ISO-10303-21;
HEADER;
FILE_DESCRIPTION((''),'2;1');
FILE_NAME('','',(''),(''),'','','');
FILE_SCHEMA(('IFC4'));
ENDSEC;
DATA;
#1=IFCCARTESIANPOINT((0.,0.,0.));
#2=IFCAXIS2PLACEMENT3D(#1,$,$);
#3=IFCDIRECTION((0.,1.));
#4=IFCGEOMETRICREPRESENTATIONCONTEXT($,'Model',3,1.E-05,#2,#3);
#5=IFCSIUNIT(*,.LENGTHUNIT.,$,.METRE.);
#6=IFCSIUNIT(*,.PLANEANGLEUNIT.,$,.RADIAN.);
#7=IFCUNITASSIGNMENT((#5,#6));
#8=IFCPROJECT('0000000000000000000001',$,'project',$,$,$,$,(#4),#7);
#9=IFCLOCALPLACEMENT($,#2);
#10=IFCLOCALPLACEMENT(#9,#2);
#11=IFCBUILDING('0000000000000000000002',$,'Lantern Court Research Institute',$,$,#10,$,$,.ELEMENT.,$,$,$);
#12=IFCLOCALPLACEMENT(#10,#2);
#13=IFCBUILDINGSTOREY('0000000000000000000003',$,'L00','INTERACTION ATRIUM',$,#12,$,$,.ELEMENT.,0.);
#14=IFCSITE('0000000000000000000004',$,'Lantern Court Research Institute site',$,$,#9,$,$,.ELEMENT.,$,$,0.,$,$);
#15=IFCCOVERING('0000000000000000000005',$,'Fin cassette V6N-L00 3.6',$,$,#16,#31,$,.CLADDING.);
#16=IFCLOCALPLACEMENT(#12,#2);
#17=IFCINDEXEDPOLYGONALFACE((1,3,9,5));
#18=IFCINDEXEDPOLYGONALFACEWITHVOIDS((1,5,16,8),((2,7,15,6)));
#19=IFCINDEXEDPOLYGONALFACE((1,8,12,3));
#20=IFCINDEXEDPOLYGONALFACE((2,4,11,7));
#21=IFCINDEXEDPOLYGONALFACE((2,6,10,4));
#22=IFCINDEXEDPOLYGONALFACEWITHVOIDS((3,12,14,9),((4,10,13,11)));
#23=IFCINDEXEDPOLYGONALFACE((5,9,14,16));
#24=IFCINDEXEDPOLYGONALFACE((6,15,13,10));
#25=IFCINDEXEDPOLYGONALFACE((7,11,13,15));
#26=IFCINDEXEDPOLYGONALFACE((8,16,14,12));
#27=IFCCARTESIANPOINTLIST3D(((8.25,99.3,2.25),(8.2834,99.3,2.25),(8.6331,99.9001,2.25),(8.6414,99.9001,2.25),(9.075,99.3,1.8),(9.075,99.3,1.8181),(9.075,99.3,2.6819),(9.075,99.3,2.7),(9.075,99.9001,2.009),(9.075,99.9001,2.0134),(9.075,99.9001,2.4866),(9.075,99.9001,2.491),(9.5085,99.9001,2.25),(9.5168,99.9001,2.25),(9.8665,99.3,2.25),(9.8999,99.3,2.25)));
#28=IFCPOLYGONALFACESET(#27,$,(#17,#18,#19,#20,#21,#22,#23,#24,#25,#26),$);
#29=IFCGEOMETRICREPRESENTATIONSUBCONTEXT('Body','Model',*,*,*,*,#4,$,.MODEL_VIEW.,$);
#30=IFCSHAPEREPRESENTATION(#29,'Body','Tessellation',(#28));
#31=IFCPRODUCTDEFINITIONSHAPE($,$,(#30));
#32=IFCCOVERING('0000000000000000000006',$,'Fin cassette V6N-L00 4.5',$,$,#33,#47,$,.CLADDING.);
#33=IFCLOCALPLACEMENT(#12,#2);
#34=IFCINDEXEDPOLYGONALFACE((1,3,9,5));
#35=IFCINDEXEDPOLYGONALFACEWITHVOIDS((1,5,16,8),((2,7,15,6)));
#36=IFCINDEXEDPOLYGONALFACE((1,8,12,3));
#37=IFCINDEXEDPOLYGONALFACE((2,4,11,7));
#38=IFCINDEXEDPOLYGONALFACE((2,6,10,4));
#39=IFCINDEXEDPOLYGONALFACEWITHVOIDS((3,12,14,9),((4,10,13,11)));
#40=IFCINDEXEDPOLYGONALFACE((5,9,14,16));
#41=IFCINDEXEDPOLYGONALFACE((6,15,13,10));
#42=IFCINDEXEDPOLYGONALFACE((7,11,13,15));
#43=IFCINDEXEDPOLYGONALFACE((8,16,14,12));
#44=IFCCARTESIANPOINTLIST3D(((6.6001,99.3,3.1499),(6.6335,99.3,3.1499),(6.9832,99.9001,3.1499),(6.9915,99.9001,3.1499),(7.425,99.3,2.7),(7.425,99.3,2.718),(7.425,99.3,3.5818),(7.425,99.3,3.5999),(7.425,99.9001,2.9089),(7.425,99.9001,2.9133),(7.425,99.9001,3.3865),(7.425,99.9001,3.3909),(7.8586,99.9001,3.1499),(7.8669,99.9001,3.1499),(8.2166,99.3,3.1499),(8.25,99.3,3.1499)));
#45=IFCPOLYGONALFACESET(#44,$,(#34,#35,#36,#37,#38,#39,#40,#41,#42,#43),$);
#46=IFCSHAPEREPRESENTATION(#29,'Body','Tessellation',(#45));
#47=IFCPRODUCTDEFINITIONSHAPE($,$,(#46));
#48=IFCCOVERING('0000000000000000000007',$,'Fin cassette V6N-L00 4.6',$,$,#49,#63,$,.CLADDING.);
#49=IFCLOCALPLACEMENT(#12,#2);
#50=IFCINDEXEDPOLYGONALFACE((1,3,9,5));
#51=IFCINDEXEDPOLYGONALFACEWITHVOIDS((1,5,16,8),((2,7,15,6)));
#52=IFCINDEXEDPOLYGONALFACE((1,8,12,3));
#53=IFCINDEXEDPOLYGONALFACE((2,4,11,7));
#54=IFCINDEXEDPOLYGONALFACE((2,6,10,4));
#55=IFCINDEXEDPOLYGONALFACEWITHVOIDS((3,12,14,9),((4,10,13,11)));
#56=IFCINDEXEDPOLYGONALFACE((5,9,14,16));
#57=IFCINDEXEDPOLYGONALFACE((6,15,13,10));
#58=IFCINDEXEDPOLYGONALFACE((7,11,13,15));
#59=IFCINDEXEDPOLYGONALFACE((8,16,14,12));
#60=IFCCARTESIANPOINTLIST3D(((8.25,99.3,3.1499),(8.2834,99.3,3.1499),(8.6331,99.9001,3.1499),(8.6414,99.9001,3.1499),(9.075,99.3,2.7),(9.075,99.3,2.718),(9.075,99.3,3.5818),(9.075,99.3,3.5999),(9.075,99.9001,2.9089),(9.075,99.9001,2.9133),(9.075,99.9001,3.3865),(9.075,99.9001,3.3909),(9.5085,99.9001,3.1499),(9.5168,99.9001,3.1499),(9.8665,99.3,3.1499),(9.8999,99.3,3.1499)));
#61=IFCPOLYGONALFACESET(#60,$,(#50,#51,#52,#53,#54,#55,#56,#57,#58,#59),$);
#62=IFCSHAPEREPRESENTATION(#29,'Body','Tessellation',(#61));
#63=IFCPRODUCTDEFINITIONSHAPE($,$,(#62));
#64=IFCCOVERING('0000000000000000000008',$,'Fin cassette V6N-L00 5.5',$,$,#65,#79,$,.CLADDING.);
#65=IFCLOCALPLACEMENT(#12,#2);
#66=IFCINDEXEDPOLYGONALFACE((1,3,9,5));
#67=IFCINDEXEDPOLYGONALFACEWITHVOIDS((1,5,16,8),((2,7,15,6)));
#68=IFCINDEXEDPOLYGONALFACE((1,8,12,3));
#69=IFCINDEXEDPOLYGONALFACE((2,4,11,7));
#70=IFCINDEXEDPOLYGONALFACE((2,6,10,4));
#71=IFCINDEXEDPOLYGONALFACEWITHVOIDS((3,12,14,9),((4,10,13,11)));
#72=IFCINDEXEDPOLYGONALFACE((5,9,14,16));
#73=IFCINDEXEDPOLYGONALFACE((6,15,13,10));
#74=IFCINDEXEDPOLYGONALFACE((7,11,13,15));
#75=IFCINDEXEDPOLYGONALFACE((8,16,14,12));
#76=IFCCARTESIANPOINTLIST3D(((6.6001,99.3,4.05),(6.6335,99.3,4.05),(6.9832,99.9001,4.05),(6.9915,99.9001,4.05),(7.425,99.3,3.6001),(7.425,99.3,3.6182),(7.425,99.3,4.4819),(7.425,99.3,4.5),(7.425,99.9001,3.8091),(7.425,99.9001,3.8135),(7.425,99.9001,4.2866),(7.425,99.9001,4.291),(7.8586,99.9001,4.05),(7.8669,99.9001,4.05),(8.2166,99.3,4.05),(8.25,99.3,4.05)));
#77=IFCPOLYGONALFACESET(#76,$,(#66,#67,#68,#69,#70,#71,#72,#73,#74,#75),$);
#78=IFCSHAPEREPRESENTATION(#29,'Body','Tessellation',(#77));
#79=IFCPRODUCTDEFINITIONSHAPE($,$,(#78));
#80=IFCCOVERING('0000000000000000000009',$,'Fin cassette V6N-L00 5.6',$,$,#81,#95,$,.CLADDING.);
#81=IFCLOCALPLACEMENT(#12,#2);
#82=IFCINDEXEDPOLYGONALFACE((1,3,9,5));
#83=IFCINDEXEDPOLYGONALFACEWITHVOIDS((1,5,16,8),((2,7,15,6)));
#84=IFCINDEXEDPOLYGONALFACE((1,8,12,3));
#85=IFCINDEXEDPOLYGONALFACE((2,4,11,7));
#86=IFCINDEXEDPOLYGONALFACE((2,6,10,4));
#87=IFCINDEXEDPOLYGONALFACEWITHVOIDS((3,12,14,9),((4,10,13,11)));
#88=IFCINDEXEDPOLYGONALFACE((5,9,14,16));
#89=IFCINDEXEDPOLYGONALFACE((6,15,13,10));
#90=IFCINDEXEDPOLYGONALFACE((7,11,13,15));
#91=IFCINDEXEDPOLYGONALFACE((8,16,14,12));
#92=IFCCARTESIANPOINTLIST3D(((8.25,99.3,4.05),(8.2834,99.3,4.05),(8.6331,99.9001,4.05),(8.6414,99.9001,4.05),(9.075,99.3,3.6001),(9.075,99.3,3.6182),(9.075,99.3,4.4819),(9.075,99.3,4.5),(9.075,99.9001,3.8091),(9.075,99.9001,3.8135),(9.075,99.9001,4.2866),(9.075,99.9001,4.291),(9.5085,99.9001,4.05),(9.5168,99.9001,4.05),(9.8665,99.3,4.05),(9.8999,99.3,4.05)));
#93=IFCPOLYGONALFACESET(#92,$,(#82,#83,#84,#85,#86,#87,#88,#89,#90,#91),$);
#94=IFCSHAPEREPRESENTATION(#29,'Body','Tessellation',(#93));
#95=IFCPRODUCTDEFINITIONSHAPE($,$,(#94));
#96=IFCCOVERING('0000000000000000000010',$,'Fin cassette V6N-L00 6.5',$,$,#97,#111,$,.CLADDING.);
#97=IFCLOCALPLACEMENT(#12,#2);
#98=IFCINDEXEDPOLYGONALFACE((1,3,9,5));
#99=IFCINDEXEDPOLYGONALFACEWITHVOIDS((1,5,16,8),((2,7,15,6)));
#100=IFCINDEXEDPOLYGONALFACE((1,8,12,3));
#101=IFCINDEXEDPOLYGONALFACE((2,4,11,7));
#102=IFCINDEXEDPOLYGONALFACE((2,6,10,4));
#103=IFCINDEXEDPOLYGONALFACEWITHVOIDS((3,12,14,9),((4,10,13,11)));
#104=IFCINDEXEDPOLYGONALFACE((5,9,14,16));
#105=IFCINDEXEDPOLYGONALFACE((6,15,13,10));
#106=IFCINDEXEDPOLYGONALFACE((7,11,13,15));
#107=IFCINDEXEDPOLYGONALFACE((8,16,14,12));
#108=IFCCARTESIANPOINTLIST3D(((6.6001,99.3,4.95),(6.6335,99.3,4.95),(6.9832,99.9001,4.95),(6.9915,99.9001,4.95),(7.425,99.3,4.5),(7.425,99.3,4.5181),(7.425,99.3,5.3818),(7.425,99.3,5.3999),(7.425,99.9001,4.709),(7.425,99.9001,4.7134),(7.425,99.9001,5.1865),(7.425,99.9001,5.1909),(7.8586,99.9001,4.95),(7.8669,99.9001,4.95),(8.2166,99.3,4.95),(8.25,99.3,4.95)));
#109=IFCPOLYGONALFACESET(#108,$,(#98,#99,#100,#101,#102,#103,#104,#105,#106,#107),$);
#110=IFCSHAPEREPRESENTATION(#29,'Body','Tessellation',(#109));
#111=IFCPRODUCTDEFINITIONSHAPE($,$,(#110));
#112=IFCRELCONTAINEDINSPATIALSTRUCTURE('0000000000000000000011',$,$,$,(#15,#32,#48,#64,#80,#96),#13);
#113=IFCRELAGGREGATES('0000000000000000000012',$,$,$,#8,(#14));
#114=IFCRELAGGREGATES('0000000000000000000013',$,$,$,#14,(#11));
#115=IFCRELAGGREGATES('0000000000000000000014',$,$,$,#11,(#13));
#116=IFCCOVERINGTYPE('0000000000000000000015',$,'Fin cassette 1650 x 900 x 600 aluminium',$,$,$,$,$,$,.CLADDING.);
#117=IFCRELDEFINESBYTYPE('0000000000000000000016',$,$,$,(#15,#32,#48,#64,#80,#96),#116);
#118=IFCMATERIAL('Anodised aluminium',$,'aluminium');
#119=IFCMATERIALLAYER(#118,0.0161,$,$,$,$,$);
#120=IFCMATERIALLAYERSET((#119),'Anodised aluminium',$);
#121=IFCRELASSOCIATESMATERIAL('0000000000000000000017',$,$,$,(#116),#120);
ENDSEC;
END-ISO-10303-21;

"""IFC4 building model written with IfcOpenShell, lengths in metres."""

from ifc_helpers import new_model, entity, si_unit, direction, frame, origin, place, context, subcontext, project, spatial, material, layer, layer_set, type_object, element, save


model = new_model("IFC4")

# Units and contexts
model_context = context("Model", 3, precision=1e-05, world=origin(), true_north=direction((0.0, 1.0)))
body_context = subcontext(model_context, "Body", "Model", "MODEL_VIEW")
ifc_project = project(units=[si_unit("LENGTHUNIT", "METRE"), si_unit("PLANEANGLEUNIT", "RADIAN")], contexts=[model_context])

# Site, building, storey
site_placement = place(None, origin())
site = spatial("IfcSite", under=ifc_project, at=site_placement, Name="Lantern Court Research Institute site", CompositionType="ELEMENT", RefElevation=0.0)
building_placement = place(site_placement, origin())
building = spatial("IfcBuilding", under=site, at=building_placement, Name="Lantern Court Research Institute", CompositionType="ELEMENT")
storey_placement = place(building_placement, origin())
storey = spatial("IfcBuildingStorey", under=building, at=storey_placement, Name="L00", Description="INTERACTION ATRIUM", CompositionType="ELEMENT", Elevation=0.0)

# Coverings
ifc_material_1 = material(Name="Anodised aluminium", Category="aluminium")
ifc_layer_1 = layer(ifc_material_1, 0.0161)
ifc_layer_set_1 = layer_set([ifc_layer_1], Name="Anodised aluminium")
covering_type_1 = type_object("IfcCoveringType", Name="Fin cassette 1650 x 900 x 600 aluminium", PredefinedType="CLADDING", material=ifc_layer_set_1)
covering_1_placement = place(storey_placement, frame((9.075, 99.3, 2.25), z_axis=(0.0, 1.0, 0.0), x_axis=(-1.0, 0.0, 0.0)))
cartesian_point_1 = entity("IfcCartesianPoint", [0.825, 0.0])
cartesian_point_2 = entity("IfcCartesianPoint", [0.7915, 0.0])
cartesian_point_3 = entity("IfcCartesianPoint", [0.4419, 0.0])
cartesian_point_4 = entity("IfcCartesianPoint", [0.4336, 0.0])
element("IfcCovering", 1, at=covering_1_placement, inside=storey, type_object=covering_type_1, Name="Fin cassette V6N-L00 3.6", PredefinedType="CLADDING", context=body_context, shape_type="SweptSolid", body=[
    entity("IfcExtrudedAreaSolidTapered", entity("IfcArbitraryProfileDefWithVoids", "AREA", None, entity("IfcPolyline", [cartesian_point_1, entity("IfcCartesianPoint", [0.0, 0.45]), entity("IfcCartesianPoint", [-0.825, 0.0]), entity("IfcCartesianPoint", [0.0, -0.45]), cartesian_point_1]), [entity("IfcPolyline", [cartesian_point_2, entity("IfcCartesianPoint", [0.0, 0.4319]), entity("IfcCartesianPoint", [-0.7915, 0.0]), entity("IfcCartesianPoint", [0.0, -0.4319]), cartesian_point_2])]), entity("IfcAxis2Placement3D", entity("IfcCartesianPoint", [0.0, 0.0, 0.0])), entity("IfcDirection", [0.0, 0.0, 1.0]), 0.6001, entity("IfcArbitraryProfileDefWithVoids", "AREA", None, entity("IfcPolyline", [cartesian_point_3, entity("IfcCartesianPoint", [0.0, 0.241]), entity("IfcCartesianPoint", [-0.4419, 0.0]), entity("IfcCartesianPoint", [0.0, -0.241]), cartesian_point_3]), [entity("IfcPolyline", [cartesian_point_4, entity("IfcCartesianPoint", [0.0, 0.2366]), entity("IfcCartesianPoint", [-0.4336, 0.0]), entity("IfcCartesianPoint", [0.0, -0.2366]), cartesian_point_4])])),
])
covering_2_placement = place(storey_placement, frame((7.425, 99.3, 3.1499), z_axis=(0.0, 1.0, 0.0), x_axis=(-1.0, 0.0, 0.0)))
cartesian_point_5 = entity("IfcCartesianPoint", [0.825, 0.0])
cartesian_point_6 = entity("IfcCartesianPoint", [0.7915, 0.0])
cartesian_point_7 = entity("IfcCartesianPoint", [0.4419, 0.0])
cartesian_point_8 = entity("IfcCartesianPoint", [0.4336, 0.0])
element("IfcCovering", 2, at=covering_2_placement, inside=storey, type_object=covering_type_1, Name="Fin cassette V6N-L00 4.5", PredefinedType="CLADDING", context=body_context, shape_type="SweptSolid", body=[
    entity("IfcExtrudedAreaSolidTapered", entity("IfcArbitraryProfileDefWithVoids", "AREA", None, entity("IfcPolyline", [cartesian_point_5, entity("IfcCartesianPoint", [0.0, 0.45]), entity("IfcCartesianPoint", [-0.825, 0.0]), entity("IfcCartesianPoint", [0.0, -0.45]), cartesian_point_5]), [entity("IfcPolyline", [cartesian_point_6, entity("IfcCartesianPoint", [0.0, 0.4319]), entity("IfcCartesianPoint", [-0.7915, 0.0]), entity("IfcCartesianPoint", [0.0, -0.4319]), cartesian_point_6])]), entity("IfcAxis2Placement3D", entity("IfcCartesianPoint", [0.0, 0.0, 0.0])), entity("IfcDirection", [0.0, 0.0, 1.0]), 0.6001, entity("IfcArbitraryProfileDefWithVoids", "AREA", None, entity("IfcPolyline", [cartesian_point_7, entity("IfcCartesianPoint", [0.0, 0.241]), entity("IfcCartesianPoint", [-0.4419, 0.0]), entity("IfcCartesianPoint", [0.0, -0.241]), cartesian_point_7]), [entity("IfcPolyline", [cartesian_point_8, entity("IfcCartesianPoint", [0.0, 0.2366]), entity("IfcCartesianPoint", [-0.4336, 0.0]), entity("IfcCartesianPoint", [0.0, -0.2366]), cartesian_point_8])])),
])
covering_3_placement = place(storey_placement, frame((9.075, 99.3, 3.1499), z_axis=(0.0, 1.0, 0.0), x_axis=(-1.0, 0.0, 0.0)))
cartesian_point_9 = entity("IfcCartesianPoint", [0.825, 0.0])
cartesian_point_10 = entity("IfcCartesianPoint", [0.7915, 0.0])
cartesian_point_11 = entity("IfcCartesianPoint", [0.4419, 0.0])
cartesian_point_12 = entity("IfcCartesianPoint", [0.4336, 0.0])
element("IfcCovering", 3, at=covering_3_placement, inside=storey, type_object=covering_type_1, Name="Fin cassette V6N-L00 4.6", PredefinedType="CLADDING", context=body_context, shape_type="SweptSolid", body=[
    entity("IfcExtrudedAreaSolidTapered", entity("IfcArbitraryProfileDefWithVoids", "AREA", None, entity("IfcPolyline", [cartesian_point_9, entity("IfcCartesianPoint", [0.0, 0.45]), entity("IfcCartesianPoint", [-0.825, 0.0]), entity("IfcCartesianPoint", [0.0, -0.45]), cartesian_point_9]), [entity("IfcPolyline", [cartesian_point_10, entity("IfcCartesianPoint", [0.0, 0.4319]), entity("IfcCartesianPoint", [-0.7915, 0.0]), entity("IfcCartesianPoint", [0.0, -0.4319]), cartesian_point_10])]), entity("IfcAxis2Placement3D", entity("IfcCartesianPoint", [0.0, 0.0, 0.0])), entity("IfcDirection", [0.0, 0.0, 1.0]), 0.6001, entity("IfcArbitraryProfileDefWithVoids", "AREA", None, entity("IfcPolyline", [cartesian_point_11, entity("IfcCartesianPoint", [0.0, 0.241]), entity("IfcCartesianPoint", [-0.4419, 0.0]), entity("IfcCartesianPoint", [0.0, -0.241]), cartesian_point_11]), [entity("IfcPolyline", [cartesian_point_12, entity("IfcCartesianPoint", [0.0, 0.2366]), entity("IfcCartesianPoint", [-0.4336, 0.0]), entity("IfcCartesianPoint", [0.0, -0.2366]), cartesian_point_12])])),
])
covering_4_placement = place(storey_placement, frame((7.425, 99.3, 4.05), z_axis=(0.0, 1.0, 0.0), x_axis=(-1.0, 0.0, 0.0)))
cartesian_point_13 = entity("IfcCartesianPoint", [0.825, 0.0])
cartesian_point_14 = entity("IfcCartesianPoint", [0.7915, 0.0])
cartesian_point_15 = entity("IfcCartesianPoint", [0.4419, 0.0])
cartesian_point_16 = entity("IfcCartesianPoint", [0.4336, 0.0])
element("IfcCovering", 4, at=covering_4_placement, inside=storey, type_object=covering_type_1, Name="Fin cassette V6N-L00 5.5", PredefinedType="CLADDING", context=body_context, shape_type="SweptSolid", body=[
    entity("IfcExtrudedAreaSolidTapered", entity("IfcArbitraryProfileDefWithVoids", "AREA", None, entity("IfcPolyline", [cartesian_point_13, entity("IfcCartesianPoint", [0.0, 0.45]), entity("IfcCartesianPoint", [-0.825, 0.0]), entity("IfcCartesianPoint", [0.0, -0.45]), cartesian_point_13]), [entity("IfcPolyline", [cartesian_point_14, entity("IfcCartesianPoint", [0.0, 0.4319]), entity("IfcCartesianPoint", [-0.7915, 0.0]), entity("IfcCartesianPoint", [0.0, -0.4319]), cartesian_point_14])]), entity("IfcAxis2Placement3D", entity("IfcCartesianPoint", [0.0, 0.0, 0.0])), entity("IfcDirection", [0.0, 0.0, 1.0]), 0.6001, entity("IfcArbitraryProfileDefWithVoids", "AREA", None, entity("IfcPolyline", [cartesian_point_15, entity("IfcCartesianPoint", [0.0, 0.241]), entity("IfcCartesianPoint", [-0.4419, 0.0]), entity("IfcCartesianPoint", [0.0, -0.241]), cartesian_point_15]), [entity("IfcPolyline", [cartesian_point_16, entity("IfcCartesianPoint", [0.0, 0.2366]), entity("IfcCartesianPoint", [-0.4336, 0.0]), entity("IfcCartesianPoint", [0.0, -0.2366]), cartesian_point_16])])),
])
covering_5_placement = place(storey_placement, frame((9.075, 99.3, 4.05), z_axis=(0.0, 1.0, 0.0), x_axis=(-1.0, 0.0, 0.0)))
cartesian_point_17 = entity("IfcCartesianPoint", [0.825, 0.0])
cartesian_point_18 = entity("IfcCartesianPoint", [0.7915, 0.0])
cartesian_point_19 = entity("IfcCartesianPoint", [0.4419, 0.0])
cartesian_point_20 = entity("IfcCartesianPoint", [0.4336, 0.0])
element("IfcCovering", 5, at=covering_5_placement, inside=storey, type_object=covering_type_1, Name="Fin cassette V6N-L00 5.6", PredefinedType="CLADDING", context=body_context, shape_type="SweptSolid", body=[
    entity("IfcExtrudedAreaSolidTapered", entity("IfcArbitraryProfileDefWithVoids", "AREA", None, entity("IfcPolyline", [cartesian_point_17, entity("IfcCartesianPoint", [0.0, 0.45]), entity("IfcCartesianPoint", [-0.825, 0.0]), entity("IfcCartesianPoint", [0.0, -0.45]), cartesian_point_17]), [entity("IfcPolyline", [cartesian_point_18, entity("IfcCartesianPoint", [0.0, 0.4319]), entity("IfcCartesianPoint", [-0.7915, 0.0]), entity("IfcCartesianPoint", [0.0, -0.4319]), cartesian_point_18])]), entity("IfcAxis2Placement3D", entity("IfcCartesianPoint", [0.0, 0.0, 0.0])), entity("IfcDirection", [0.0, 0.0, 1.0]), 0.6001, entity("IfcArbitraryProfileDefWithVoids", "AREA", None, entity("IfcPolyline", [cartesian_point_19, entity("IfcCartesianPoint", [0.0, 0.241]), entity("IfcCartesianPoint", [-0.4419, 0.0]), entity("IfcCartesianPoint", [0.0, -0.241]), cartesian_point_19]), [entity("IfcPolyline", [cartesian_point_20, entity("IfcCartesianPoint", [0.0, 0.2366]), entity("IfcCartesianPoint", [-0.4336, 0.0]), entity("IfcCartesianPoint", [0.0, -0.2366]), cartesian_point_20])])),
])
covering_6_placement = place(storey_placement, frame((7.425, 99.3, 4.95), z_axis=(0.0, 1.0, 0.0), x_axis=(-1.0, 0.0, 0.0)))
cartesian_point_21 = entity("IfcCartesianPoint", [0.825, 0.0])
cartesian_point_22 = entity("IfcCartesianPoint", [0.7915, 0.0])
cartesian_point_23 = entity("IfcCartesianPoint", [0.4419, 0.0])
cartesian_point_24 = entity("IfcCartesianPoint", [0.4336, 0.0])
element("IfcCovering", 6, at=covering_6_placement, inside=storey, type_object=covering_type_1, Name="Fin cassette V6N-L00 6.5", PredefinedType="CLADDING", context=body_context, shape_type="SweptSolid", body=[
    entity("IfcExtrudedAreaSolidTapered", entity("IfcArbitraryProfileDefWithVoids", "AREA", None, entity("IfcPolyline", [cartesian_point_21, entity("IfcCartesianPoint", [0.0, 0.45]), entity("IfcCartesianPoint", [-0.825, 0.0]), entity("IfcCartesianPoint", [0.0, -0.45]), cartesian_point_21]), [entity("IfcPolyline", [cartesian_point_22, entity("IfcCartesianPoint", [0.0, 0.4319]), entity("IfcCartesianPoint", [-0.7915, 0.0]), entity("IfcCartesianPoint", [0.0, -0.4319]), cartesian_point_22])]), entity("IfcAxis2Placement3D", entity("IfcCartesianPoint", [0.0, 0.0, 0.0])), entity("IfcDirection", [0.0, 0.0, 1.0]), 0.6001, entity("IfcArbitraryProfileDefWithVoids", "AREA", None, entity("IfcPolyline", [cartesian_point_23, entity("IfcCartesianPoint", [0.0, 0.241]), entity("IfcCartesianPoint", [-0.4419, 0.0]), entity("IfcCartesianPoint", [0.0, -0.241]), cartesian_point_23]), [entity("IfcPolyline", [cartesian_point_24, entity("IfcCartesianPoint", [0.0, 0.2366]), entity("IfcCartesianPoint", [-0.4336, 0.0]), entity("IfcCartesianPoint", [0.0, -0.2366]), cartesian_point_24])])),
])

save(model, "model.ifc")
